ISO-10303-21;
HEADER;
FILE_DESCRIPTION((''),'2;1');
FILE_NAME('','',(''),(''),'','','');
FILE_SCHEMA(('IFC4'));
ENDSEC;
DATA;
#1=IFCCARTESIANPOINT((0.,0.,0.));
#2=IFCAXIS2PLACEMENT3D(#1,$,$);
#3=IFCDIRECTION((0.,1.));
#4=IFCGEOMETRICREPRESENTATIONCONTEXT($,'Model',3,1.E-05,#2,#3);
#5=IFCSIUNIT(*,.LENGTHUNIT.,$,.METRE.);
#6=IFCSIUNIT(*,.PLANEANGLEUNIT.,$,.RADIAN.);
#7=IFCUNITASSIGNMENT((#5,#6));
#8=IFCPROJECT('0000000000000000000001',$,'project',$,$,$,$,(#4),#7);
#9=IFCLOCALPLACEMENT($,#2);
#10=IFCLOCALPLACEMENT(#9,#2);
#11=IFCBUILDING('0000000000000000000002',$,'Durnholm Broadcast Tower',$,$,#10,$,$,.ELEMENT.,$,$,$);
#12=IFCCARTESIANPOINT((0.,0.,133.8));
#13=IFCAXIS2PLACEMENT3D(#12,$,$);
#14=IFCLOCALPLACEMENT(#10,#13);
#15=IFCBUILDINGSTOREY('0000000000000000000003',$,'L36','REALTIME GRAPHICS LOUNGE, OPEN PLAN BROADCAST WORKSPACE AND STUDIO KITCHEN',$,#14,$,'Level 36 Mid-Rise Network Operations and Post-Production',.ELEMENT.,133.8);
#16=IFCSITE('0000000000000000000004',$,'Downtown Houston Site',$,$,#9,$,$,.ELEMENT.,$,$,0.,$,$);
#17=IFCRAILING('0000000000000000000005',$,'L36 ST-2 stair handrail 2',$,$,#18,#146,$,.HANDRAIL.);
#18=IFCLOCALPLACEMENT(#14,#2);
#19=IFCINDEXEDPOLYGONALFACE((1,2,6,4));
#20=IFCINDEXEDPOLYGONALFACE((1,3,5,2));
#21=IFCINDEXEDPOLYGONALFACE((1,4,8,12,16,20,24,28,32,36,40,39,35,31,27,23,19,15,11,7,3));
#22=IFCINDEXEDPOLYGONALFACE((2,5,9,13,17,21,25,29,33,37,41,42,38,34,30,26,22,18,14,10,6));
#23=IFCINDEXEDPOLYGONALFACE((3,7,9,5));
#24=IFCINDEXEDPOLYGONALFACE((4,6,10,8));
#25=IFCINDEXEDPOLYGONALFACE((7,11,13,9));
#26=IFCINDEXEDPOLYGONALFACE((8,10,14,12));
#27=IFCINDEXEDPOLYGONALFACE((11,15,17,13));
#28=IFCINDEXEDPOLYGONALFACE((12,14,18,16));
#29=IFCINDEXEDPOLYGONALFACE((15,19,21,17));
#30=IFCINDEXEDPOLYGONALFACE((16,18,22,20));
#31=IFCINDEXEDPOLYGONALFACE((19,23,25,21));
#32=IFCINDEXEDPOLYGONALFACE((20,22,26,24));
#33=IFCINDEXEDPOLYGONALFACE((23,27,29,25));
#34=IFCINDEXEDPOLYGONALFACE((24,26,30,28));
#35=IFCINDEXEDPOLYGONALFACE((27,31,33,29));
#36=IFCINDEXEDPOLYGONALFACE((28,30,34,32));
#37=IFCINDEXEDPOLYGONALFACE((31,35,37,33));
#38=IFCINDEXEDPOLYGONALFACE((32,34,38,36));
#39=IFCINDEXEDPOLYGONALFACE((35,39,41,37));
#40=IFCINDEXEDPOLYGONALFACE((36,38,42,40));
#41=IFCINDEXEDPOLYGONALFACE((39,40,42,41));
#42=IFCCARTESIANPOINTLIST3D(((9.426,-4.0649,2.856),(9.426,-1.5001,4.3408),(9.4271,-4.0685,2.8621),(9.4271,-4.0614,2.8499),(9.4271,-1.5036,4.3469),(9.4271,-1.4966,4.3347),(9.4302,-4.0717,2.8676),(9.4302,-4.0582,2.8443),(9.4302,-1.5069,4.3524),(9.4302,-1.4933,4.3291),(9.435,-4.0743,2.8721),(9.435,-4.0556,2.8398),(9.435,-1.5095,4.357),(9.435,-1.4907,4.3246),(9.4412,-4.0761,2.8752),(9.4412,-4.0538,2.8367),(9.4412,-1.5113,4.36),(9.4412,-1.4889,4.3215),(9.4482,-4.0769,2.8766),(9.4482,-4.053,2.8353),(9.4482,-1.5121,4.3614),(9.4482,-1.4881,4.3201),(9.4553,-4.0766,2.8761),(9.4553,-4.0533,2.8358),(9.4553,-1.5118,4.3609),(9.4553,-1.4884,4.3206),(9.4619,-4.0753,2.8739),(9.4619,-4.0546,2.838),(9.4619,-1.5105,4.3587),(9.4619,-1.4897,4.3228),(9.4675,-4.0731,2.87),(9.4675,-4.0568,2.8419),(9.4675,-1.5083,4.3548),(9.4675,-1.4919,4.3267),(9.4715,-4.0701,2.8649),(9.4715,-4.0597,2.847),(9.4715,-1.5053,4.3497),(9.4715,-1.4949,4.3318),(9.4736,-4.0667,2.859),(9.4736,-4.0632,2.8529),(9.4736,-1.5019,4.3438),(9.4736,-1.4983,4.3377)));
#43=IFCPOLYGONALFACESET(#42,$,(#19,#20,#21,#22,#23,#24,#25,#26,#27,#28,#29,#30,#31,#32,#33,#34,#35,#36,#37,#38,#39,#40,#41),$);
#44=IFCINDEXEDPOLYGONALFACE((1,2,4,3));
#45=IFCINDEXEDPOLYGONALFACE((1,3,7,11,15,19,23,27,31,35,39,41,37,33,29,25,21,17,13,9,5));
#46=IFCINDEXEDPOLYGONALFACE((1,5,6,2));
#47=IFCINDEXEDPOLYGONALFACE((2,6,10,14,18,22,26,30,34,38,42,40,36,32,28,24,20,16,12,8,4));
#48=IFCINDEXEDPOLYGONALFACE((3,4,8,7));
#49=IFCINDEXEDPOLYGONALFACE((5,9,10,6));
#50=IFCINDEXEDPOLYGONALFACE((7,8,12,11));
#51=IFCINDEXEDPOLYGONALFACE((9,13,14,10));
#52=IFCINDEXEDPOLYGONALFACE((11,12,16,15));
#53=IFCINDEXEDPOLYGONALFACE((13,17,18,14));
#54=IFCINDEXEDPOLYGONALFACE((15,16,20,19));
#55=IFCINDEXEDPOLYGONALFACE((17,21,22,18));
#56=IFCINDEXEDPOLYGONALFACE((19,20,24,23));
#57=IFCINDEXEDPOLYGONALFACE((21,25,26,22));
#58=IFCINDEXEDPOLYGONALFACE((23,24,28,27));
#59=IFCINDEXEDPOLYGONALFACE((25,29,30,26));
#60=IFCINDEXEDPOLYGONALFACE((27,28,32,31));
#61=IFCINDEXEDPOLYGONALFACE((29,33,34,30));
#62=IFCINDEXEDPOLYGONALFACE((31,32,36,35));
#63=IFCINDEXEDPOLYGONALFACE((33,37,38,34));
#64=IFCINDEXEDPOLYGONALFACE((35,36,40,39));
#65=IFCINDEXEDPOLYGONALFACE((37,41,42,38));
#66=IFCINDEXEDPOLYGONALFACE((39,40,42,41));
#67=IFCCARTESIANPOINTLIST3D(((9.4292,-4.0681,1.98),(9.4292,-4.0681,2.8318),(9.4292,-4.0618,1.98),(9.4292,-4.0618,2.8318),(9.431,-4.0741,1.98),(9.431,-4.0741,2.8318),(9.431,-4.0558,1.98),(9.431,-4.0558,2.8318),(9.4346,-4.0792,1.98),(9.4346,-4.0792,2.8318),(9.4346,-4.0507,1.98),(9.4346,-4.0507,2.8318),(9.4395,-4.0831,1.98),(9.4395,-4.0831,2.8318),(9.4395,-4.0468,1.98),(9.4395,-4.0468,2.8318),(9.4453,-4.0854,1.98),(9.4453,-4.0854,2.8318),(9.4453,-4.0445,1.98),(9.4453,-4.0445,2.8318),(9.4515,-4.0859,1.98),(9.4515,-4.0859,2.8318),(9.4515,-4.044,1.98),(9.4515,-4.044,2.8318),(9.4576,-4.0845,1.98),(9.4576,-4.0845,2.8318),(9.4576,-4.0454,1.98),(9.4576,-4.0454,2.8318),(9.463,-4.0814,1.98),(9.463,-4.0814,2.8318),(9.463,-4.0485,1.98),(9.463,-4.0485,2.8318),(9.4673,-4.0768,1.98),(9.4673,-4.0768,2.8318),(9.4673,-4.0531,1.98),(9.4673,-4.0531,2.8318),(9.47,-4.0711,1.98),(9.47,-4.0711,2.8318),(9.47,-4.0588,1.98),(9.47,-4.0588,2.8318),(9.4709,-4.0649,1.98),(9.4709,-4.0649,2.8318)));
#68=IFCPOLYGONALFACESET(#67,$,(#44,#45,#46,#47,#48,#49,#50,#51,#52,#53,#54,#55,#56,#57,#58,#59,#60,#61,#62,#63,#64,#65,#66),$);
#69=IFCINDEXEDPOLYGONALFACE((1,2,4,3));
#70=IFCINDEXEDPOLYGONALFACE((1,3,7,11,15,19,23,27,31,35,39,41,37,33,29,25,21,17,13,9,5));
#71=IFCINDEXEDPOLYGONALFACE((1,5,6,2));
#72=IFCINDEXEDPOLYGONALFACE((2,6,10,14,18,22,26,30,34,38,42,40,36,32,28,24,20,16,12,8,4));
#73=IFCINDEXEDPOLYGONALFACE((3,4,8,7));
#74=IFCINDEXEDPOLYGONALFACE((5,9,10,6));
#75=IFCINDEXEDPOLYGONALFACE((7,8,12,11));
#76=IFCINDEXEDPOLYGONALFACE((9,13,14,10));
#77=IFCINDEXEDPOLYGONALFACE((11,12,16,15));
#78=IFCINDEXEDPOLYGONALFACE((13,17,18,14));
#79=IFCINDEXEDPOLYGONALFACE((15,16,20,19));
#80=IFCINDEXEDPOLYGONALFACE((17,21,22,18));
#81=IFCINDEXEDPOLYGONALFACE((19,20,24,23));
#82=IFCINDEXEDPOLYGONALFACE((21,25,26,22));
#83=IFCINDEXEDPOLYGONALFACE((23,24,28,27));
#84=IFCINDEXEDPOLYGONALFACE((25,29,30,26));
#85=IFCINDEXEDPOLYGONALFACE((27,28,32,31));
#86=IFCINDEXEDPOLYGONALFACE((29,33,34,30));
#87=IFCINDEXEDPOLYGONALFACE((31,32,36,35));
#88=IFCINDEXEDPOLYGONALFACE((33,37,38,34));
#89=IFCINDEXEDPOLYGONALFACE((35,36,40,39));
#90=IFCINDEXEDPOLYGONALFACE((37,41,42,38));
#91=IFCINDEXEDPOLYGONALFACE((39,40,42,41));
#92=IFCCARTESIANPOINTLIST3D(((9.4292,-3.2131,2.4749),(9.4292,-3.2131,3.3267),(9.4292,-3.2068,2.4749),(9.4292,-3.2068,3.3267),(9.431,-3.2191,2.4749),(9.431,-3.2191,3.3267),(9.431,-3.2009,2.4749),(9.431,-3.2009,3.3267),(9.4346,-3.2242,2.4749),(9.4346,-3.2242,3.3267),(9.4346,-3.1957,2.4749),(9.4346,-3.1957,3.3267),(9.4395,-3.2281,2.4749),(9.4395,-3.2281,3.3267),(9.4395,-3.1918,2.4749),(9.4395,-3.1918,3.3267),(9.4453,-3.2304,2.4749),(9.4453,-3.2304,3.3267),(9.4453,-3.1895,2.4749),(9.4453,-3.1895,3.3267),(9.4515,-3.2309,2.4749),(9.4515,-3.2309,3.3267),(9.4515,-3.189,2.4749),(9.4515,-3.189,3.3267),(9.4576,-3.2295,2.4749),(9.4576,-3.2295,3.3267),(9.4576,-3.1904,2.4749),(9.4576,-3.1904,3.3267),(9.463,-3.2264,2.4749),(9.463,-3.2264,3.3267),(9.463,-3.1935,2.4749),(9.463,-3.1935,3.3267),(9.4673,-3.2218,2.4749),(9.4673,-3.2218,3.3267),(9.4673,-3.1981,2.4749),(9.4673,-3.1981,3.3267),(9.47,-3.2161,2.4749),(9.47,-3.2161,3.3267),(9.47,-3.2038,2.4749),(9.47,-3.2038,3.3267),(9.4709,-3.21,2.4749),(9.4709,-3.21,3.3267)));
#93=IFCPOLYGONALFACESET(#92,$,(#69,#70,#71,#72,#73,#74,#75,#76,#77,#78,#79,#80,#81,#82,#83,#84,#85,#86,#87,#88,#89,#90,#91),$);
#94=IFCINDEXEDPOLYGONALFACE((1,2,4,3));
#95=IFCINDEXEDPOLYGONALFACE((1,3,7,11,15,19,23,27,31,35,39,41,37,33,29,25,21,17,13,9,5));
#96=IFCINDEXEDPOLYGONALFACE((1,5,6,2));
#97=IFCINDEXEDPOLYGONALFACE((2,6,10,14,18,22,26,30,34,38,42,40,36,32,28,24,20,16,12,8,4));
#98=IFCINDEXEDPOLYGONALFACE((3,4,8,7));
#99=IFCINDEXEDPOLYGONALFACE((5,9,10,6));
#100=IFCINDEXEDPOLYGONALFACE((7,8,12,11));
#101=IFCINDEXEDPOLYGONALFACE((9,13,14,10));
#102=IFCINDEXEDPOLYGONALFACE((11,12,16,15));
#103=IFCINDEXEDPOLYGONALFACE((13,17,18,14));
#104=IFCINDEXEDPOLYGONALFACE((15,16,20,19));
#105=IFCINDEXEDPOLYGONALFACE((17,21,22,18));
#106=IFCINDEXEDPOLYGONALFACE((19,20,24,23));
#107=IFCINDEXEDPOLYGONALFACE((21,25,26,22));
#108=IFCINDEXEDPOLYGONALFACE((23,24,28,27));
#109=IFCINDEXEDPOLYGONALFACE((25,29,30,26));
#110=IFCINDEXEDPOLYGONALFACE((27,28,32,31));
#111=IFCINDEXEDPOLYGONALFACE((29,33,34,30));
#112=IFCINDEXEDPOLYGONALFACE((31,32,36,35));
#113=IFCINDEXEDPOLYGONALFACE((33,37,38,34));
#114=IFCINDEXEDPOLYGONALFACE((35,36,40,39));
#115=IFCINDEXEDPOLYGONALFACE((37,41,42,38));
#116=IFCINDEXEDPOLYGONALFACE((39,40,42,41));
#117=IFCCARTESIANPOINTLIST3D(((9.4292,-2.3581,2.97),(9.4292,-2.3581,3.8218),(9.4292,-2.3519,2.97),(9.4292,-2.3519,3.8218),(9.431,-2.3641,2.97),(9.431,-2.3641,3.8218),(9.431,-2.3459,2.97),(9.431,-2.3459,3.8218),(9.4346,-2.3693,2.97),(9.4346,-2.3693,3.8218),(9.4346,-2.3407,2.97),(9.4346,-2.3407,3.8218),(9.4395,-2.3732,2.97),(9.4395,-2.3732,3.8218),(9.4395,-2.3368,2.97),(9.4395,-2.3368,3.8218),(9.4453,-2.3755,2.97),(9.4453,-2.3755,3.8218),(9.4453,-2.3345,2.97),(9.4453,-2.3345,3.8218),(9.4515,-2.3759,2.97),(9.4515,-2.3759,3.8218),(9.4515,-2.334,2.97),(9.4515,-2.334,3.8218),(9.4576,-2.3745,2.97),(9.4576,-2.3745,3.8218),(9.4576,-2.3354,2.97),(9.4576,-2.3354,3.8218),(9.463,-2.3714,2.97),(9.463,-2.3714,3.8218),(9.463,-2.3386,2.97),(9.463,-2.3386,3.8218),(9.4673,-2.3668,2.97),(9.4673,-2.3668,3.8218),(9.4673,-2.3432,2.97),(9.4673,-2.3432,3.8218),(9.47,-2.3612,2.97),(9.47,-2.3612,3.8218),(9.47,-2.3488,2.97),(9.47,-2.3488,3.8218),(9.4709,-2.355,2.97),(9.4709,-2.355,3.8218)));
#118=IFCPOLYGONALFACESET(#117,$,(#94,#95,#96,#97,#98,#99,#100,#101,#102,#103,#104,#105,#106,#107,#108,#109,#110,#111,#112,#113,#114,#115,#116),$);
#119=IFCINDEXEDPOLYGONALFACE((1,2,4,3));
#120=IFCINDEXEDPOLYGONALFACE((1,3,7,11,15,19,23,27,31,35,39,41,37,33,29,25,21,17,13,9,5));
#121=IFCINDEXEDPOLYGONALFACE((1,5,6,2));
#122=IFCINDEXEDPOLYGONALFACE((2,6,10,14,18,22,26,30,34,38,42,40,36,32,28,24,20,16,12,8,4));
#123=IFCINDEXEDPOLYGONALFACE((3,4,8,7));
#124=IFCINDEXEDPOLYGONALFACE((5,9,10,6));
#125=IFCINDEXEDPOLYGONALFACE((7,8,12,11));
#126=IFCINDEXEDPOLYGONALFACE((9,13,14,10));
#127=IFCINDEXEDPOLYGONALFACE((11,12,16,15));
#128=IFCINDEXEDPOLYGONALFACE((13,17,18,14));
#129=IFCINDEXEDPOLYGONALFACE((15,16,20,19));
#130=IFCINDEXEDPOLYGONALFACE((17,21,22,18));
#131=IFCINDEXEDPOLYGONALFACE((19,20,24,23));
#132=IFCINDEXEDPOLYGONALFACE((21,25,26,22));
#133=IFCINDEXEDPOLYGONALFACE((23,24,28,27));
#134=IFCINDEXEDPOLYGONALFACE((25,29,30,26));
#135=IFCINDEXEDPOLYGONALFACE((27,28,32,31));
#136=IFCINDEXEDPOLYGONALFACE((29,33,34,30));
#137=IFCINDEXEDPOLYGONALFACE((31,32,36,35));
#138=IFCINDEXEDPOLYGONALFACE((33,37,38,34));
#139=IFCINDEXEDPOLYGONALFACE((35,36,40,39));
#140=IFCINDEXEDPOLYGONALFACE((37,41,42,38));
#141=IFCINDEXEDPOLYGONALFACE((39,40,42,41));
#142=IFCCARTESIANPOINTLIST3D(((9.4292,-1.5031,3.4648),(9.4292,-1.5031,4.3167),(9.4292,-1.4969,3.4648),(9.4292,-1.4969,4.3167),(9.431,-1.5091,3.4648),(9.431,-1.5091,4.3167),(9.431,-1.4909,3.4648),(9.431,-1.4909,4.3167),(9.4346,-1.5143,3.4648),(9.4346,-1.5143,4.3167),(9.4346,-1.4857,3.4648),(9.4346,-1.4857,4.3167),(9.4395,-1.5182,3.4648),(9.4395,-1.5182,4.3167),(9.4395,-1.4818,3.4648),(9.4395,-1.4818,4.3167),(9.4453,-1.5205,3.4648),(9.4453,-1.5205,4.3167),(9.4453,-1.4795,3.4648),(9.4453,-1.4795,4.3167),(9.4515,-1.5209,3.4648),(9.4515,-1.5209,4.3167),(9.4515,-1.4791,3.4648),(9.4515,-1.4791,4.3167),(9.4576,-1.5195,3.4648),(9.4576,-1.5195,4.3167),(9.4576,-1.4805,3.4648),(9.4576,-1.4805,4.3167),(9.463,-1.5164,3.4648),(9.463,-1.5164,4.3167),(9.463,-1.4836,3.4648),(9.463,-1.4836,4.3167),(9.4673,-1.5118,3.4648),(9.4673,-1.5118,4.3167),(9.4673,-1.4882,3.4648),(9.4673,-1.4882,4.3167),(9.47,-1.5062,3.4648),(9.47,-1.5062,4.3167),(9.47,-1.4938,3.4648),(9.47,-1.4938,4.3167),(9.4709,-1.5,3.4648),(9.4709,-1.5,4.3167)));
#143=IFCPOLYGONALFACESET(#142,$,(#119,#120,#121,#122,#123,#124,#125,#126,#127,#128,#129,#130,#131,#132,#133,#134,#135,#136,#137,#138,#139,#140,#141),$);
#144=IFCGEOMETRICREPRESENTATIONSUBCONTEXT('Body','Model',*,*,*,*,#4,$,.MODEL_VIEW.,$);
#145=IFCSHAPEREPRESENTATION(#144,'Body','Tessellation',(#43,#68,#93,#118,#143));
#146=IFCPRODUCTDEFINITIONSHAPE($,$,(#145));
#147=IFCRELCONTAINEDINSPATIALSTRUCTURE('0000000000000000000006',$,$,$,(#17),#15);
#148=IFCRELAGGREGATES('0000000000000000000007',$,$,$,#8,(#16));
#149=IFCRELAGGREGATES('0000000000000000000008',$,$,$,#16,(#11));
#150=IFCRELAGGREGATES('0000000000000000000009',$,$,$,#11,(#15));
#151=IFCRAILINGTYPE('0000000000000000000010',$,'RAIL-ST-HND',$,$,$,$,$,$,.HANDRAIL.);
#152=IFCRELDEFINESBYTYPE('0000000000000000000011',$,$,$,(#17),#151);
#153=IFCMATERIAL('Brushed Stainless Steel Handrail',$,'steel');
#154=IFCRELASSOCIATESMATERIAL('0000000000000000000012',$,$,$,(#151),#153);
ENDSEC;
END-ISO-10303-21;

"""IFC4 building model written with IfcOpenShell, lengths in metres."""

from ifc_helpers import new_model, si_unit, direction, frame, origin, origin_2d, place, context, subcontext, project, spatial, circle, extrude, material, type_object, element, save


model = new_model("IFC4")

# Units and contexts
model_context = context("Model", 3, precision=1e-05, world=origin(), true_north=direction((0.0, 1.0)))
body_context = subcontext(model_context, "Body", "Model", "MODEL_VIEW")
ifc_project = project(units=[si_unit("LENGTHUNIT", "METRE"), si_unit("PLANEANGLEUNIT", "RADIAN")], contexts=[model_context])

# Site, building, storey
site_placement = place(None, origin())
site = spatial("IfcSite", under=ifc_project, at=site_placement, Name="Downtown Houston Site", CompositionType="ELEMENT", RefElevation=0.0)
building_placement = place(site_placement, origin())
building = spatial("IfcBuilding", under=site, at=building_placement, Name="Durnholm Broadcast Tower", CompositionType="ELEMENT")
storey_placement = place(building_placement, frame((0.0, 0.0, 133.8)))
storey = spatial("IfcBuildingStorey", under=building, at=storey_placement, Name="L36", Description="REALTIME GRAPHICS LOUNGE, OPEN PLAN BROADCAST WORKSPACE AND STUDIO KITCHEN", LongName="Level 36 Mid-Rise Network Operations and Post-Production", CompositionType="ELEMENT", Elevation=133.8)

# Railing
ifc_material_1 = material(Name="Brushed Stainless Steel Handrail", Category="steel")
railing_type_1 = type_object("IfcRailingType", Name="RAIL-ST-HND", PredefinedType="HANDRAIL", material=ifc_material_1)
railing_1_placement = place(storey_placement, frame((9.45, -4.0649, 1.98)))
element("IfcRailing", 1, at=railing_1_placement, inside=storey, type_object=railing_type_1, Name="L36 ST-2 stair handrail 2", PredefinedType="HANDRAIL", context=body_context, shape_type="SweptSolid", body=[
    extrude(circle(Radius=0.0239, at=origin_2d()), frame((0.0, 0.0, 0.876), z_axis=(0.0, 0.865441, 0.50101), x_axis=(-1.0, 0.0, 0.0)), (0.0, 0.0, 1.0), 2.9636),
    extrude(circle(Radius=0.021, at=origin_2d()), origin(), (0.0, 0.0, 1.0), 0.8518),
    extrude(circle(Radius=0.021, at=origin_2d()), frame((0.0, 0.855, 0.4949)), (0.0, 0.0, 1.0), 0.8518),
    extrude(circle(Radius=0.021, at=origin_2d()), frame((0.0, 1.71, 0.99)), (0.0, 0.0, 1.0), 0.8518),
    extrude(circle(Radius=0.021, at=origin_2d()), frame((0.0, 2.5649, 1.4849)), (0.0, 0.0, 1.0), 0.8518),
])

save(model, "model.ifc")
